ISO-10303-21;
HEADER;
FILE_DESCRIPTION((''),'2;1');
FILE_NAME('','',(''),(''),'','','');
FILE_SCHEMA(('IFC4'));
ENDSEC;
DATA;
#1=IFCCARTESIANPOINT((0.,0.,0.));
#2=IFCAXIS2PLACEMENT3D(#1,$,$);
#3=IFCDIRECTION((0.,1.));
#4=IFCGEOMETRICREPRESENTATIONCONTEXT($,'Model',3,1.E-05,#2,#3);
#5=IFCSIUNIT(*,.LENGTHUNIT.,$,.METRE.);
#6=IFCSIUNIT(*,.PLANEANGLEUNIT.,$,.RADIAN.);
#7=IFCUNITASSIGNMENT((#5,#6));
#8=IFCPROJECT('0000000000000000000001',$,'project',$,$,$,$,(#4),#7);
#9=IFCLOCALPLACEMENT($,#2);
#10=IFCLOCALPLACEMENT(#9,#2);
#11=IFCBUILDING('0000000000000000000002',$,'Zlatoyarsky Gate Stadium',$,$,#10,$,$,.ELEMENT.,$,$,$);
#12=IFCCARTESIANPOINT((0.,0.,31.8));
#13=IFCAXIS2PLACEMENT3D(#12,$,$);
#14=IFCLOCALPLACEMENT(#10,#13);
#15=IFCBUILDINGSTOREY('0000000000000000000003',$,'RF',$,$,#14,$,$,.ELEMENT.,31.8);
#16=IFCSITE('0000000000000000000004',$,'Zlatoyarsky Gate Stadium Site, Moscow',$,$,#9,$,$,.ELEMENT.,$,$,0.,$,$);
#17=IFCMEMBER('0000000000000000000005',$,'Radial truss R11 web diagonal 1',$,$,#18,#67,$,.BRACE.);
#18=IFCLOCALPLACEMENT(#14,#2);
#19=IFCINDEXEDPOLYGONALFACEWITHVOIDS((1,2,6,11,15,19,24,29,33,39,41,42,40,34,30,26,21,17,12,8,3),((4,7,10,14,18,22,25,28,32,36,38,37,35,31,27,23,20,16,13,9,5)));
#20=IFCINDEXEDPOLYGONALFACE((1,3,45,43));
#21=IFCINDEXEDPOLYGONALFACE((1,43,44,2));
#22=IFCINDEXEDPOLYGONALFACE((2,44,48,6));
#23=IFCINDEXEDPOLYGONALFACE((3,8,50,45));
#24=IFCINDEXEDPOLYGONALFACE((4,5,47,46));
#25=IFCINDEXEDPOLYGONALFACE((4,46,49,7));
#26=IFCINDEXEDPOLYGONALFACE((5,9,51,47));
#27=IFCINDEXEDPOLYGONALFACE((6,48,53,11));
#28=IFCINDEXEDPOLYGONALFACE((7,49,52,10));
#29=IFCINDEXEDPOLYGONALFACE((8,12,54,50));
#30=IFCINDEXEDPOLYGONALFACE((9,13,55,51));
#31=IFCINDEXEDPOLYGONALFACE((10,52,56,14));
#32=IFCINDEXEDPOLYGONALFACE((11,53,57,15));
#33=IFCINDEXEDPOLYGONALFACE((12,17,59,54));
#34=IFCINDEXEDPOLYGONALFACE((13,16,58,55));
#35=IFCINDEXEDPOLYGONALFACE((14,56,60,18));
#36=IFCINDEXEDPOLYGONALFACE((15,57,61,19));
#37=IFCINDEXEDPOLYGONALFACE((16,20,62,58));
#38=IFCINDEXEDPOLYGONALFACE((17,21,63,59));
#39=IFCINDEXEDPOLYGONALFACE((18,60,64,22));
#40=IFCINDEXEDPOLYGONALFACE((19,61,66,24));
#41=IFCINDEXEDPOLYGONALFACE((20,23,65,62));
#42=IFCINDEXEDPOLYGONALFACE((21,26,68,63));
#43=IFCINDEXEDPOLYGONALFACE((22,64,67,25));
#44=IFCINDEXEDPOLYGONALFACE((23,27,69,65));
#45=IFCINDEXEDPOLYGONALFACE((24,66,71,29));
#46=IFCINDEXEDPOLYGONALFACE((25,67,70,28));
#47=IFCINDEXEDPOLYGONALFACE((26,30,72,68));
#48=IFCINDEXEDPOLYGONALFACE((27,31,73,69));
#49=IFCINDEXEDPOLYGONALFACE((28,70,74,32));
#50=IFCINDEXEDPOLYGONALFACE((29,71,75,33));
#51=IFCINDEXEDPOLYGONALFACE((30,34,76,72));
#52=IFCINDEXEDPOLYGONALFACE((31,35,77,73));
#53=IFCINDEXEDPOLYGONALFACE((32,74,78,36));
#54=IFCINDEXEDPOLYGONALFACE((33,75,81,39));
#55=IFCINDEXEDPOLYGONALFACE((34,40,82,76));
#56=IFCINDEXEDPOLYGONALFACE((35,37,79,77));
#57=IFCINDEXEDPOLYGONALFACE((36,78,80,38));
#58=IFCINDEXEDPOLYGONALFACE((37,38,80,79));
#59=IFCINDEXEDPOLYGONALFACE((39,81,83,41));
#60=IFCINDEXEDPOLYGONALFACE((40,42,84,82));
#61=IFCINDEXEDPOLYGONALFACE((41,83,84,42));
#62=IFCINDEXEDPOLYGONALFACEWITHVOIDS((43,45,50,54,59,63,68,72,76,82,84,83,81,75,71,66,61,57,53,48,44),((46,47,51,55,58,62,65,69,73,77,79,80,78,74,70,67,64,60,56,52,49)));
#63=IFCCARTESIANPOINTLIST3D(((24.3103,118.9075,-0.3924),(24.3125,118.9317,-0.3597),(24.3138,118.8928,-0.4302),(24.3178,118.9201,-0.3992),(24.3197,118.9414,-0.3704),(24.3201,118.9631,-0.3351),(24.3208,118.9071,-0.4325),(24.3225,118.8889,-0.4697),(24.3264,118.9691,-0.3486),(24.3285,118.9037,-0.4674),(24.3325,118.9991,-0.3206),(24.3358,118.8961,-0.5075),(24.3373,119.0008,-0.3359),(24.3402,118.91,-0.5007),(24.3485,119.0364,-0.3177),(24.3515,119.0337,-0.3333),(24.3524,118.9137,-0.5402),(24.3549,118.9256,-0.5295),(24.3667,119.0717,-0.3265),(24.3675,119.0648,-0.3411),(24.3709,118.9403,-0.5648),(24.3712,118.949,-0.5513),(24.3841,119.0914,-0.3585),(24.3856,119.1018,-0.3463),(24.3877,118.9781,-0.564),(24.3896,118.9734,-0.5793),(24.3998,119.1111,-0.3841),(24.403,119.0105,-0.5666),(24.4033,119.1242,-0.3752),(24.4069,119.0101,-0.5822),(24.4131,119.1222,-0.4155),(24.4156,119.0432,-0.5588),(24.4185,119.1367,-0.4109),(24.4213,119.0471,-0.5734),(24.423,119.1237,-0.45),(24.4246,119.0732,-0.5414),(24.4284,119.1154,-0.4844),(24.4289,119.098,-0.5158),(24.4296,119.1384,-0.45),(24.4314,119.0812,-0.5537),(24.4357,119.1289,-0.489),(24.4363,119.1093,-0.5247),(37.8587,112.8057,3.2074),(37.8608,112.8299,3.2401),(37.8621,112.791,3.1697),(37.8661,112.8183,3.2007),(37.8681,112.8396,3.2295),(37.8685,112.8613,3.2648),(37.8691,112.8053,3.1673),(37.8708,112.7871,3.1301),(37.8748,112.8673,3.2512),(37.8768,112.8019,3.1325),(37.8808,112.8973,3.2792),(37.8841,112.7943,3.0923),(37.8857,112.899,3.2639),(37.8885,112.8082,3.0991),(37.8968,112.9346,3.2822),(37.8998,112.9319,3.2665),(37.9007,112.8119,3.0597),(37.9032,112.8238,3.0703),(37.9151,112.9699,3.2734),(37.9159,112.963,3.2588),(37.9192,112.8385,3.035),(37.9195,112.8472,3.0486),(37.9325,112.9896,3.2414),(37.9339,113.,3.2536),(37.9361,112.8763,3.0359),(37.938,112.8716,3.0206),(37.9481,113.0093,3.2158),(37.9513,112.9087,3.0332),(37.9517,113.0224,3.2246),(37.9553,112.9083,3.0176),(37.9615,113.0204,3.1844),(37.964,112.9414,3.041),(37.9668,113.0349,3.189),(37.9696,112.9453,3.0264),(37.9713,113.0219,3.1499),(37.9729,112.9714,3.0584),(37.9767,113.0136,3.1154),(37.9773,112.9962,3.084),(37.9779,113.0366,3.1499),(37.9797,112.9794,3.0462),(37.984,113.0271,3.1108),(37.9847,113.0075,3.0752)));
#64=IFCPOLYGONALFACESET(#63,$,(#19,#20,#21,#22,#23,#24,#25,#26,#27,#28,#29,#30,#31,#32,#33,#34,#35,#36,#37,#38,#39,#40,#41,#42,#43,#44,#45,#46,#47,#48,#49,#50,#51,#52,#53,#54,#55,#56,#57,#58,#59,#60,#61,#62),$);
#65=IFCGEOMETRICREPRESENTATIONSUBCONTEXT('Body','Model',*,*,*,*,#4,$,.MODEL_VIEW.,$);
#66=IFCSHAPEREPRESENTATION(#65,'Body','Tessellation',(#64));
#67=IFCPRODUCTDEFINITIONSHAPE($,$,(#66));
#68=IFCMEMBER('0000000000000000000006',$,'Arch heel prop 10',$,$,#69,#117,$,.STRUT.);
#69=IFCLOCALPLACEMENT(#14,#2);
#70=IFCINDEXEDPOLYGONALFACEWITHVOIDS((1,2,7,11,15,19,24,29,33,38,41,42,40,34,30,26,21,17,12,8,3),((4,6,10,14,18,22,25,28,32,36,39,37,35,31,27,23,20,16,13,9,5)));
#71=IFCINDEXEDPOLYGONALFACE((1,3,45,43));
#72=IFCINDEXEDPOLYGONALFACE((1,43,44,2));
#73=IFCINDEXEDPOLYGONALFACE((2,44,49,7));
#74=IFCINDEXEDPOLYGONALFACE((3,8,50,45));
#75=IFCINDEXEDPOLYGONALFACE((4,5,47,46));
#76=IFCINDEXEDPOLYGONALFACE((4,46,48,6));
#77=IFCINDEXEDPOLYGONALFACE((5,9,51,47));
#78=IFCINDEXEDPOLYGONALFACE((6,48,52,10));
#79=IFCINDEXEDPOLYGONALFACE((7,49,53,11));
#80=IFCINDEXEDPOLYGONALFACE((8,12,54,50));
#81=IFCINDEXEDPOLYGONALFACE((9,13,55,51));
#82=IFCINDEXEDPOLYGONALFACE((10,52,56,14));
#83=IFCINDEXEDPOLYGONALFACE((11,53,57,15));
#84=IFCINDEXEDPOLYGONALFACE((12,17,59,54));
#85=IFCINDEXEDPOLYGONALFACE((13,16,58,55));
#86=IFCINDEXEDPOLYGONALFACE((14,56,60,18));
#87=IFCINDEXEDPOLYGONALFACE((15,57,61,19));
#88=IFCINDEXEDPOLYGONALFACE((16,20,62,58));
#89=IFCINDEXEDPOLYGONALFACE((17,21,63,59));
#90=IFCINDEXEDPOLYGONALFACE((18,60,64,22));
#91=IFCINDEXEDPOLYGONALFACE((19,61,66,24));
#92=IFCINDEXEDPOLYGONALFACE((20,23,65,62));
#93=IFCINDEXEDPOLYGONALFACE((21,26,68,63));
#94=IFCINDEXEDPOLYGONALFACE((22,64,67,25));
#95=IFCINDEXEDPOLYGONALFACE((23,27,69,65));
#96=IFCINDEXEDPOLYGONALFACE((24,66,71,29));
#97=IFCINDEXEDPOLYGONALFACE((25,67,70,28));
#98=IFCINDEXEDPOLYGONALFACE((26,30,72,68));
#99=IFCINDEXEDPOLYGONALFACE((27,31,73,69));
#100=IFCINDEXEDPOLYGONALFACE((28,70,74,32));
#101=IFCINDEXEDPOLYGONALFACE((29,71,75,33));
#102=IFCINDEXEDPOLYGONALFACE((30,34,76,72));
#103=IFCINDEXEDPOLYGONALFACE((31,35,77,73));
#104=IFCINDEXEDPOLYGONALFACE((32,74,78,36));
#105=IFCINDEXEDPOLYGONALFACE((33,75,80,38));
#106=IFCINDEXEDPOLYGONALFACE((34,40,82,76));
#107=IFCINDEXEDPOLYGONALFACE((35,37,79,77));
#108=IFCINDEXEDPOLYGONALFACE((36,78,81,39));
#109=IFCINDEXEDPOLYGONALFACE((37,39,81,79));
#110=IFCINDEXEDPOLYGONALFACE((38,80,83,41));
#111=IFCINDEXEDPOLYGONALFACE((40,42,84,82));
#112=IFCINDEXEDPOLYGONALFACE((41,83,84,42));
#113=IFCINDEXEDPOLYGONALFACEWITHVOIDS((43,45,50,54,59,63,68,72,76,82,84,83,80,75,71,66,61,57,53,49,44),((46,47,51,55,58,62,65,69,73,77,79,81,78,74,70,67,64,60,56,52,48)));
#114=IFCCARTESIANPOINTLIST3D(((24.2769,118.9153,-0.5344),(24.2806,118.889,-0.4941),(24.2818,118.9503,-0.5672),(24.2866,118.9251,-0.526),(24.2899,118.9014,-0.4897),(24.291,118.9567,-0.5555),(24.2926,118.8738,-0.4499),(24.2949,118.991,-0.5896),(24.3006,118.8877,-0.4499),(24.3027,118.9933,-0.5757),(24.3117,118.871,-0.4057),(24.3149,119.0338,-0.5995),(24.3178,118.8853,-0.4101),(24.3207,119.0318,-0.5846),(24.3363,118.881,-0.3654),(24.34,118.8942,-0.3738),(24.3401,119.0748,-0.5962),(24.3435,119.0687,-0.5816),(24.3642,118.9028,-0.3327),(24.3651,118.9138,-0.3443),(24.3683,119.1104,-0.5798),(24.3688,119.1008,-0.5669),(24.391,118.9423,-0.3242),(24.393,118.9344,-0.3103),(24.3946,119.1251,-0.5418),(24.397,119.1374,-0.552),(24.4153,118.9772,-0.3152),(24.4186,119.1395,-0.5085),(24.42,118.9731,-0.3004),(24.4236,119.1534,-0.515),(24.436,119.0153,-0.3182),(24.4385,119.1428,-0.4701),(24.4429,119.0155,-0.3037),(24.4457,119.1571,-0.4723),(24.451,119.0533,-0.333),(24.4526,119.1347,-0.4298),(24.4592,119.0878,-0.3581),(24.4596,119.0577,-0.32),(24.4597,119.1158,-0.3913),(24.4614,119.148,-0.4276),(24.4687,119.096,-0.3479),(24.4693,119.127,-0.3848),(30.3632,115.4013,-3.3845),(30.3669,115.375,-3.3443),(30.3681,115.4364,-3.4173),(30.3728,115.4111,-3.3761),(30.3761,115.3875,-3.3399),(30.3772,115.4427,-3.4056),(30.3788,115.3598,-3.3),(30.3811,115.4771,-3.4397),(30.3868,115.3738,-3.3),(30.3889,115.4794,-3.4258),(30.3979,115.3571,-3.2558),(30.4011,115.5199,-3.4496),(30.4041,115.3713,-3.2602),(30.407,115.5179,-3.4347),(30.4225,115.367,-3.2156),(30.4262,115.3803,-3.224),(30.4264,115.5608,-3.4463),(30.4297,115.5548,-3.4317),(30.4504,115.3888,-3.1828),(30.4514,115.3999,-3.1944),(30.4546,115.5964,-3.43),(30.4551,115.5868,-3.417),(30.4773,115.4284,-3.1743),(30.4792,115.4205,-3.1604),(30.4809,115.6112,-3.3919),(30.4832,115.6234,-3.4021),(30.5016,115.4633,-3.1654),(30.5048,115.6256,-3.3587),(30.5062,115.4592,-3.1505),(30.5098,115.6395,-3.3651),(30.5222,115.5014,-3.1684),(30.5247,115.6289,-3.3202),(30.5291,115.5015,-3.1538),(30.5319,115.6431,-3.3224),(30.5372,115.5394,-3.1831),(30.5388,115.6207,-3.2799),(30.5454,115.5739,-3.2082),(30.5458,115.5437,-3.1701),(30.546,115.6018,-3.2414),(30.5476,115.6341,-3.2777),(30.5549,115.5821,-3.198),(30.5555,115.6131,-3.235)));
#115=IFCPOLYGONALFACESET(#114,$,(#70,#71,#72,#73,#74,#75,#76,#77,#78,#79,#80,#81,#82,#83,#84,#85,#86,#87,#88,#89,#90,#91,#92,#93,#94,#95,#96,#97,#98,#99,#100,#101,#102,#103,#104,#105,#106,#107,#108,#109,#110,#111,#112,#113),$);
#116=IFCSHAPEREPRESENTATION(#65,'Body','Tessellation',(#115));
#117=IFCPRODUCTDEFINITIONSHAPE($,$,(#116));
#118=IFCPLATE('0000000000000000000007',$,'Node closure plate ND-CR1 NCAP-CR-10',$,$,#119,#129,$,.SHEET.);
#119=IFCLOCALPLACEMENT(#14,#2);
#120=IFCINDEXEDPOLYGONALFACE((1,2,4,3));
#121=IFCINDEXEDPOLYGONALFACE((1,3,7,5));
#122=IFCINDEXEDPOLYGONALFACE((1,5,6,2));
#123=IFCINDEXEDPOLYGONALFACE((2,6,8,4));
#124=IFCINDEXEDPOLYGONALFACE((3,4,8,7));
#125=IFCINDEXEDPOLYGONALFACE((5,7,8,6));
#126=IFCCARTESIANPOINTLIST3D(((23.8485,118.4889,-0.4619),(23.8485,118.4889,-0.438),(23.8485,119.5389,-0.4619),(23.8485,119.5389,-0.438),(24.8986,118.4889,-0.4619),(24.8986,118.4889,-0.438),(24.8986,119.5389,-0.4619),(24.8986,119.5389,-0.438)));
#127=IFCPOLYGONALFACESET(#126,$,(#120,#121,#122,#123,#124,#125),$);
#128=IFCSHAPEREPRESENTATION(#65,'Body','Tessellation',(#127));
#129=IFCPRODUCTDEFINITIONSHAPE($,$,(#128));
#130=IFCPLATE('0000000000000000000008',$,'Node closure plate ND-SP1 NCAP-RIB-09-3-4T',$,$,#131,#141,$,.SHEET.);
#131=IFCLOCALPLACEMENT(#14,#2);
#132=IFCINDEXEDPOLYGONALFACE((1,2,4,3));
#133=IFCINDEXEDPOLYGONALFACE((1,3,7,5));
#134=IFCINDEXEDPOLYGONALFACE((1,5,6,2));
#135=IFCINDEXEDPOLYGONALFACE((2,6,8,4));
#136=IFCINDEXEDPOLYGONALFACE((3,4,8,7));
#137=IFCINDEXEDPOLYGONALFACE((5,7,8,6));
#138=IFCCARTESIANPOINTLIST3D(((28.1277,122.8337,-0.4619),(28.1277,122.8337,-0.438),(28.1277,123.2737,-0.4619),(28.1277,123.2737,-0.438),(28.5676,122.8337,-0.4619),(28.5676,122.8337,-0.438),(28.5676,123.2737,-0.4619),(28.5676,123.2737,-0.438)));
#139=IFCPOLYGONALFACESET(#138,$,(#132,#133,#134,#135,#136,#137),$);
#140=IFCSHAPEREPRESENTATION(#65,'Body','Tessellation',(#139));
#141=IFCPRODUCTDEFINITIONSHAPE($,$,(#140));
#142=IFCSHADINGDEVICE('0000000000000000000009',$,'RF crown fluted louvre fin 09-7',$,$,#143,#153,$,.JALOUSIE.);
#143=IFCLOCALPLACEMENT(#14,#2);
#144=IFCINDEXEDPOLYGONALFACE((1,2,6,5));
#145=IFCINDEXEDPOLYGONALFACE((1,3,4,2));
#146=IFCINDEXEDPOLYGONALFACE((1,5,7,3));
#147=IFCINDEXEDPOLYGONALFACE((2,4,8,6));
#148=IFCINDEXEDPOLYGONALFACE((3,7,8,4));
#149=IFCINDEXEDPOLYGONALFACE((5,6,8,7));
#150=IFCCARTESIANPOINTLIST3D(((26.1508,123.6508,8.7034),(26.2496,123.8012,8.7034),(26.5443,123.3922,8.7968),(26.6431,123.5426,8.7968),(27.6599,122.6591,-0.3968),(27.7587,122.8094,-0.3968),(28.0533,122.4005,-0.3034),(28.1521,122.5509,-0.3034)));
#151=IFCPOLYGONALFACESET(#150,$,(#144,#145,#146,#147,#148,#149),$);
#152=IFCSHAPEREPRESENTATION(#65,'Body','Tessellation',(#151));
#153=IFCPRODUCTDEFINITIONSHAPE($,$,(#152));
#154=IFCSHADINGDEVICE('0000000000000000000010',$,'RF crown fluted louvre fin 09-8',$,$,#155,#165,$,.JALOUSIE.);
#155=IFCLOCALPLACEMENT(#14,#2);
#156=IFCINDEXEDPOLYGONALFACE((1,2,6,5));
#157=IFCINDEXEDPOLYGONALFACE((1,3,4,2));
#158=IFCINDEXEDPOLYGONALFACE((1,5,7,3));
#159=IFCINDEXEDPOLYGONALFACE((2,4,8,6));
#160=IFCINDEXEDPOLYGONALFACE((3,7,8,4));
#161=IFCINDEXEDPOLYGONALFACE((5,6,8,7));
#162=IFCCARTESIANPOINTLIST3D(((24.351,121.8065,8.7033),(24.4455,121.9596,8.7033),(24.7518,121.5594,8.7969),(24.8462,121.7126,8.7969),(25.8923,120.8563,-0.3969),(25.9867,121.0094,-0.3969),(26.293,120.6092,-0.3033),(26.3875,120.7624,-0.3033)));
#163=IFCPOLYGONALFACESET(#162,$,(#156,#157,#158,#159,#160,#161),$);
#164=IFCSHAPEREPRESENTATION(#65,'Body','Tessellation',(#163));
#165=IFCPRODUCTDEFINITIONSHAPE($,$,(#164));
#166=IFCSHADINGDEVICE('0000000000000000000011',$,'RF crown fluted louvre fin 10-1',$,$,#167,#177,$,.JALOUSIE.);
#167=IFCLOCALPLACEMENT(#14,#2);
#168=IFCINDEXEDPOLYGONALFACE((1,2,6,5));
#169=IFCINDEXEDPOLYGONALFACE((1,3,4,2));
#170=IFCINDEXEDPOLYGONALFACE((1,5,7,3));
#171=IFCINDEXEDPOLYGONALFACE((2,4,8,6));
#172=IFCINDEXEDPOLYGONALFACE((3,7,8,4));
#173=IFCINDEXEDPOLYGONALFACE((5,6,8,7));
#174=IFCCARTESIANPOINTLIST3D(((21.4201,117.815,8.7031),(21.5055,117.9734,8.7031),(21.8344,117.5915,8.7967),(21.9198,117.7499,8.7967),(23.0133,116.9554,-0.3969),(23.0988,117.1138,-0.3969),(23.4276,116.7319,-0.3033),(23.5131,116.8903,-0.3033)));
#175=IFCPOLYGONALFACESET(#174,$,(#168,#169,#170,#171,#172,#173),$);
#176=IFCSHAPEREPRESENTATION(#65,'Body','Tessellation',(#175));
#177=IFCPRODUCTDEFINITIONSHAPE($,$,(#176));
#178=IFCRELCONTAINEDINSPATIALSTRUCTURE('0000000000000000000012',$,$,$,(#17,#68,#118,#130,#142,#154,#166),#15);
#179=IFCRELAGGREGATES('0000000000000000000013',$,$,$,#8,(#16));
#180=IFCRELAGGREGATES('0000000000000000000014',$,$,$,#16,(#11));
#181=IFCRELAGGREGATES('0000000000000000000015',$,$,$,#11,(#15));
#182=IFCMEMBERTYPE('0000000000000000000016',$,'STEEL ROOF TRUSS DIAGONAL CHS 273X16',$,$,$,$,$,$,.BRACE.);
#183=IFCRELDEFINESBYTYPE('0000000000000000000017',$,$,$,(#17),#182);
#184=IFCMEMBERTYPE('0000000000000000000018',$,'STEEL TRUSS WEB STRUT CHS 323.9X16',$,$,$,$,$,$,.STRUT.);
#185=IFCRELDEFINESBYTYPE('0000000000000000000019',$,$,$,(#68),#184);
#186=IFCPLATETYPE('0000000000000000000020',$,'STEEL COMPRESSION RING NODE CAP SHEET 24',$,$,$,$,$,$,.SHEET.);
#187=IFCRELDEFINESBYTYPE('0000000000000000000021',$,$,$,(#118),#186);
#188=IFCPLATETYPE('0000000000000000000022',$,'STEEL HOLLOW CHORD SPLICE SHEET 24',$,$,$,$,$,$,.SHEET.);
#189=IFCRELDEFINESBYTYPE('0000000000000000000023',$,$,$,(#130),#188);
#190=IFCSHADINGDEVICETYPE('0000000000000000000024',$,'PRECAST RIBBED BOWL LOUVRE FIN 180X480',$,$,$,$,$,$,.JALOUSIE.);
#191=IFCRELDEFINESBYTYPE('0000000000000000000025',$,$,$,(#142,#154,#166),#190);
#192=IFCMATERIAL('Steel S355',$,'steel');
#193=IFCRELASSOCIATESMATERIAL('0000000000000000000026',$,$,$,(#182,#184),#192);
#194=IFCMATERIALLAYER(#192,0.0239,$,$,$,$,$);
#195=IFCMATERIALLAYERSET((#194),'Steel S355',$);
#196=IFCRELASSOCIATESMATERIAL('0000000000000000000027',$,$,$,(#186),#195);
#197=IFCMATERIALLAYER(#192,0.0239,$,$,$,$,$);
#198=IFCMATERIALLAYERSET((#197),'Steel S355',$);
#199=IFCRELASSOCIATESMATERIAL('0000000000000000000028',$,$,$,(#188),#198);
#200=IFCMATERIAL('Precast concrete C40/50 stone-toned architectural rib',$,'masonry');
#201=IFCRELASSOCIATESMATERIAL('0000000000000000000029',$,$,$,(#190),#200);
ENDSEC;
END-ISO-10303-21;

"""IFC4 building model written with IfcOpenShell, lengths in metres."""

from ifc_helpers import new_model, si_unit, direction, frame, origin, origin_2d, place, context, subcontext, project, spatial, rectangle, hollow_circle, extrude, material, layer, layer_set, material_profile, profile_set, type_object, element, save


model = new_model("IFC4")

# Units and contexts
model_context = context("Model", 3, precision=1e-05, world=origin(), true_north=direction((0.0, 1.0)))
body_context = subcontext(model_context, "Body", "Model", "MODEL_VIEW")
ifc_project = project(units=[si_unit("LENGTHUNIT", "METRE"), si_unit("PLANEANGLEUNIT", "RADIAN")], contexts=[model_context])

# Site, building, storey
site_placement = place(None, origin())
site = spatial("IfcSite", under=ifc_project, at=site_placement, Name="Zlatoyarsky Gate Stadium Site, Moscow", CompositionType="ELEMENT", RefElevation=0.0)
building_placement = place(site_placement, origin())
building = spatial("IfcBuilding", under=site, at=building_placement, Name="Zlatoyarsky Gate Stadium", CompositionType="ELEMENT")
storey_placement = place(building_placement, frame((0.0, 0.0, 31.8)))
storey = spatial("IfcBuildingStorey", under=building, at=storey_placement, Name="RF", CompositionType="ELEMENT", Elevation=31.8)

# Shared definitions
ifc_material_1 = material(Name="Steel S355", Category="steel")

# Members
ifc_material_profile_1 = material_profile(ifc_material_1, hollow_circle(Radius=0.1365, WallThickness=0.0161, at=origin_2d()), Name="CHS 273X16")
ifc_profile_set_1 = profile_set([ifc_material_profile_1], Name="Steel S355")
member_type_1 = type_object("IfcMemberType", Name="STEEL ROOF TRUSS DIAGONAL CHS 273X16", PredefinedType="BRACE", material=ifc_profile_set_1)
member_1_placement = place(storey_placement, frame((24.3735, 119.0139, -0.45), z_axis=(0.886159, -0.399102, 0.235456), x_axis=(0.410647, 0.911794, 0.0)))
element("IfcMember", 1, at=member_1_placement, inside=storey, type_object=member_type_1, Name="Radial truss R11 web diagonal 1", PredefinedType="BRACE", context=body_context, shape_type="SweptSolid", body=[
    extrude(hollow_circle(Radius=0.1365, WallThickness=0.0161, at=origin_2d()), origin(), (0.0, 0.0, 1.0), 15.2888),
])
ifc_material_profile_2 = material_profile(ifc_material_1, hollow_circle(Radius=0.1619, WallThickness=0.0161, at=origin_2d()), Name="CHS 323.9X16")
ifc_profile_set_2 = profile_set([ifc_material_profile_2], Name="Steel S355")
member_type_2 = type_object("IfcMemberType", Name="STEEL TRUSS WEB STRUT CHS 323.9X16", PredefinedType="STRUT", material=ifc_profile_set_2)
member_2_placement = place(storey_placement, frame((30.4597, 115.5, -3.3), z_axis=(-0.802536, 0.463352, 0.37582), x_axis=(-0.500006, -0.866022, 0.0)))
element("IfcMember", 2, at=member_2_placement, inside=storey, type_object=member_type_2, Name="Arch heel prop 10", PredefinedType="STRUT", context=body_context, shape_type="SweptSolid", body=[
    extrude(hollow_circle(Radius=0.1619, WallThickness=0.0161, at=origin_2d()), origin(), (0.0, 0.0, 1.0), 7.5837),
])

# Plates
ifc_layer_1 = layer(ifc_material_1, 0.0239)
ifc_layer_set_1 = layer_set([ifc_layer_1], Name="Steel S355")
plate_type_1 = type_object("IfcPlateType", Name="STEEL COMPRESSION RING NODE CAP SHEET 24", PredefinedType="SHEET", material=ifc_layer_set_1)
plate_1_placement = place(storey_placement, frame((24.3735, 119.0139, -0.4619), z_axis=(0.0, 0.0, 1.0), x_axis=(1.0, 0.0, 0.0)))
element("IfcPlate", 3, at=plate_1_placement, inside=storey, type_object=plate_type_1, Name="Node closure plate ND-CR1 NCAP-CR-10", PredefinedType="SHEET", context=body_context, shape_type="SweptSolid", body=[
    extrude(rectangle(XDim=1.05, YDim=1.05, at=origin_2d()), origin(), (0.0, 0.0, 1.0), 0.0239),
])
ifc_layer_2 = layer(ifc_material_1, 0.0239)
ifc_layer_set_2 = layer_set([ifc_layer_2], Name="Steel S355")
plate_type_2 = type_object("IfcPlateType", Name="STEEL HOLLOW CHORD SPLICE SHEET 24", PredefinedType="SHEET", material=ifc_layer_set_2)
plate_2_placement = place(storey_placement, frame((28.3477, 123.0537, -0.4619), z_axis=(0.0, 0.0, 1.0), x_axis=(1.0, 0.0, 0.0)))
element("IfcPlate", 4, at=plate_2_placement, inside=storey, type_object=plate_type_2, Name="Node closure plate ND-SP1 NCAP-RIB-09-3-4T", PredefinedType="SHEET", context=body_context, shape_type="SweptSolid", body=[
    extrude(rectangle(XDim=0.4399, YDim=0.4399, at=origin_2d()), origin(), (0.0, 0.0, 1.0), 0.0239),
])

# Shading devices
ifc_material_2 = material(Name="Precast concrete C40/50 stone-toned architectural rib", Category="masonry")
ifc_material_profile_3 = material_profile(ifc_material_2, rectangle(XDim=0.1799, YDim=0.48, at=origin_2d()), Name="RIB 180X480")
ifc_profile_set_3 = profile_set([ifc_material_profile_3], Name="Precast concrete C40/50 stone-toned architectural rib")
shading_device_type = type_object("IfcShadingDeviceType", Name="PRECAST RIBBED BOWL LOUVRE FIN 180X480", PredefinedType="JALOUSIE", material=ifc_profile_set_3)
shading_device_1_placement = place(storey_placement, frame((27.906, 122.605, -0.3501), z_axis=(-0.162655, 0.106893, 0.980876), x_axis=(-0.549197, -0.835693, 0.0)))
element("IfcShadingDevice", 5, at=shading_device_1_placement, inside=storey, type_object=shading_device_type, Name="RF crown fluted louvre fin 09-7", PredefinedType="JALOUSIE", context=body_context, shape_type="SweptSolid", body=[
    extrude(rectangle(XDim=0.1799, YDim=0.48, at=origin_2d()), origin(), (0.0, 0.0, 1.0), 9.2776),
])
shading_device_2_placement = place(storey_placement, frame((26.1399, 120.8093, -0.3501), z_axis=(-0.166111, 0.102409, 0.980775), x_axis=(-0.524789, -0.851232, 0.0)))
element("IfcShadingDevice", 6, at=shading_device_2_placement, inside=storey, type_object=shading_device_type, Name="RF crown fluted louvre fin 09-8", PredefinedType="JALOUSIE", context=body_context, shape_type="SweptSolid", body=[
    extrude(rectangle(XDim=0.1799, YDim=0.48, at=origin_2d()), origin(), (0.0, 0.0, 1.0), 9.2786),
])
shading_device_3_placement = place(storey_placement, frame((23.2632, 116.9229, -0.3501), z_axis=(-0.171717, 0.092647, 0.98078), x_axis=(-0.474831, -0.880077, 0.0)))
element("IfcShadingDevice", 7, at=shading_device_3_placement, inside=storey, type_object=shading_device_type, Name="RF crown fluted louvre fin 10-1", PredefinedType="JALOUSIE", context=body_context, shape_type="SweptSolid", body=[
    extrude(rectangle(XDim=0.1799, YDim=0.48, at=origin_2d()), origin(), (0.0, 0.0, 1.0), 9.2783),
])

save(model, "model.ifc")
